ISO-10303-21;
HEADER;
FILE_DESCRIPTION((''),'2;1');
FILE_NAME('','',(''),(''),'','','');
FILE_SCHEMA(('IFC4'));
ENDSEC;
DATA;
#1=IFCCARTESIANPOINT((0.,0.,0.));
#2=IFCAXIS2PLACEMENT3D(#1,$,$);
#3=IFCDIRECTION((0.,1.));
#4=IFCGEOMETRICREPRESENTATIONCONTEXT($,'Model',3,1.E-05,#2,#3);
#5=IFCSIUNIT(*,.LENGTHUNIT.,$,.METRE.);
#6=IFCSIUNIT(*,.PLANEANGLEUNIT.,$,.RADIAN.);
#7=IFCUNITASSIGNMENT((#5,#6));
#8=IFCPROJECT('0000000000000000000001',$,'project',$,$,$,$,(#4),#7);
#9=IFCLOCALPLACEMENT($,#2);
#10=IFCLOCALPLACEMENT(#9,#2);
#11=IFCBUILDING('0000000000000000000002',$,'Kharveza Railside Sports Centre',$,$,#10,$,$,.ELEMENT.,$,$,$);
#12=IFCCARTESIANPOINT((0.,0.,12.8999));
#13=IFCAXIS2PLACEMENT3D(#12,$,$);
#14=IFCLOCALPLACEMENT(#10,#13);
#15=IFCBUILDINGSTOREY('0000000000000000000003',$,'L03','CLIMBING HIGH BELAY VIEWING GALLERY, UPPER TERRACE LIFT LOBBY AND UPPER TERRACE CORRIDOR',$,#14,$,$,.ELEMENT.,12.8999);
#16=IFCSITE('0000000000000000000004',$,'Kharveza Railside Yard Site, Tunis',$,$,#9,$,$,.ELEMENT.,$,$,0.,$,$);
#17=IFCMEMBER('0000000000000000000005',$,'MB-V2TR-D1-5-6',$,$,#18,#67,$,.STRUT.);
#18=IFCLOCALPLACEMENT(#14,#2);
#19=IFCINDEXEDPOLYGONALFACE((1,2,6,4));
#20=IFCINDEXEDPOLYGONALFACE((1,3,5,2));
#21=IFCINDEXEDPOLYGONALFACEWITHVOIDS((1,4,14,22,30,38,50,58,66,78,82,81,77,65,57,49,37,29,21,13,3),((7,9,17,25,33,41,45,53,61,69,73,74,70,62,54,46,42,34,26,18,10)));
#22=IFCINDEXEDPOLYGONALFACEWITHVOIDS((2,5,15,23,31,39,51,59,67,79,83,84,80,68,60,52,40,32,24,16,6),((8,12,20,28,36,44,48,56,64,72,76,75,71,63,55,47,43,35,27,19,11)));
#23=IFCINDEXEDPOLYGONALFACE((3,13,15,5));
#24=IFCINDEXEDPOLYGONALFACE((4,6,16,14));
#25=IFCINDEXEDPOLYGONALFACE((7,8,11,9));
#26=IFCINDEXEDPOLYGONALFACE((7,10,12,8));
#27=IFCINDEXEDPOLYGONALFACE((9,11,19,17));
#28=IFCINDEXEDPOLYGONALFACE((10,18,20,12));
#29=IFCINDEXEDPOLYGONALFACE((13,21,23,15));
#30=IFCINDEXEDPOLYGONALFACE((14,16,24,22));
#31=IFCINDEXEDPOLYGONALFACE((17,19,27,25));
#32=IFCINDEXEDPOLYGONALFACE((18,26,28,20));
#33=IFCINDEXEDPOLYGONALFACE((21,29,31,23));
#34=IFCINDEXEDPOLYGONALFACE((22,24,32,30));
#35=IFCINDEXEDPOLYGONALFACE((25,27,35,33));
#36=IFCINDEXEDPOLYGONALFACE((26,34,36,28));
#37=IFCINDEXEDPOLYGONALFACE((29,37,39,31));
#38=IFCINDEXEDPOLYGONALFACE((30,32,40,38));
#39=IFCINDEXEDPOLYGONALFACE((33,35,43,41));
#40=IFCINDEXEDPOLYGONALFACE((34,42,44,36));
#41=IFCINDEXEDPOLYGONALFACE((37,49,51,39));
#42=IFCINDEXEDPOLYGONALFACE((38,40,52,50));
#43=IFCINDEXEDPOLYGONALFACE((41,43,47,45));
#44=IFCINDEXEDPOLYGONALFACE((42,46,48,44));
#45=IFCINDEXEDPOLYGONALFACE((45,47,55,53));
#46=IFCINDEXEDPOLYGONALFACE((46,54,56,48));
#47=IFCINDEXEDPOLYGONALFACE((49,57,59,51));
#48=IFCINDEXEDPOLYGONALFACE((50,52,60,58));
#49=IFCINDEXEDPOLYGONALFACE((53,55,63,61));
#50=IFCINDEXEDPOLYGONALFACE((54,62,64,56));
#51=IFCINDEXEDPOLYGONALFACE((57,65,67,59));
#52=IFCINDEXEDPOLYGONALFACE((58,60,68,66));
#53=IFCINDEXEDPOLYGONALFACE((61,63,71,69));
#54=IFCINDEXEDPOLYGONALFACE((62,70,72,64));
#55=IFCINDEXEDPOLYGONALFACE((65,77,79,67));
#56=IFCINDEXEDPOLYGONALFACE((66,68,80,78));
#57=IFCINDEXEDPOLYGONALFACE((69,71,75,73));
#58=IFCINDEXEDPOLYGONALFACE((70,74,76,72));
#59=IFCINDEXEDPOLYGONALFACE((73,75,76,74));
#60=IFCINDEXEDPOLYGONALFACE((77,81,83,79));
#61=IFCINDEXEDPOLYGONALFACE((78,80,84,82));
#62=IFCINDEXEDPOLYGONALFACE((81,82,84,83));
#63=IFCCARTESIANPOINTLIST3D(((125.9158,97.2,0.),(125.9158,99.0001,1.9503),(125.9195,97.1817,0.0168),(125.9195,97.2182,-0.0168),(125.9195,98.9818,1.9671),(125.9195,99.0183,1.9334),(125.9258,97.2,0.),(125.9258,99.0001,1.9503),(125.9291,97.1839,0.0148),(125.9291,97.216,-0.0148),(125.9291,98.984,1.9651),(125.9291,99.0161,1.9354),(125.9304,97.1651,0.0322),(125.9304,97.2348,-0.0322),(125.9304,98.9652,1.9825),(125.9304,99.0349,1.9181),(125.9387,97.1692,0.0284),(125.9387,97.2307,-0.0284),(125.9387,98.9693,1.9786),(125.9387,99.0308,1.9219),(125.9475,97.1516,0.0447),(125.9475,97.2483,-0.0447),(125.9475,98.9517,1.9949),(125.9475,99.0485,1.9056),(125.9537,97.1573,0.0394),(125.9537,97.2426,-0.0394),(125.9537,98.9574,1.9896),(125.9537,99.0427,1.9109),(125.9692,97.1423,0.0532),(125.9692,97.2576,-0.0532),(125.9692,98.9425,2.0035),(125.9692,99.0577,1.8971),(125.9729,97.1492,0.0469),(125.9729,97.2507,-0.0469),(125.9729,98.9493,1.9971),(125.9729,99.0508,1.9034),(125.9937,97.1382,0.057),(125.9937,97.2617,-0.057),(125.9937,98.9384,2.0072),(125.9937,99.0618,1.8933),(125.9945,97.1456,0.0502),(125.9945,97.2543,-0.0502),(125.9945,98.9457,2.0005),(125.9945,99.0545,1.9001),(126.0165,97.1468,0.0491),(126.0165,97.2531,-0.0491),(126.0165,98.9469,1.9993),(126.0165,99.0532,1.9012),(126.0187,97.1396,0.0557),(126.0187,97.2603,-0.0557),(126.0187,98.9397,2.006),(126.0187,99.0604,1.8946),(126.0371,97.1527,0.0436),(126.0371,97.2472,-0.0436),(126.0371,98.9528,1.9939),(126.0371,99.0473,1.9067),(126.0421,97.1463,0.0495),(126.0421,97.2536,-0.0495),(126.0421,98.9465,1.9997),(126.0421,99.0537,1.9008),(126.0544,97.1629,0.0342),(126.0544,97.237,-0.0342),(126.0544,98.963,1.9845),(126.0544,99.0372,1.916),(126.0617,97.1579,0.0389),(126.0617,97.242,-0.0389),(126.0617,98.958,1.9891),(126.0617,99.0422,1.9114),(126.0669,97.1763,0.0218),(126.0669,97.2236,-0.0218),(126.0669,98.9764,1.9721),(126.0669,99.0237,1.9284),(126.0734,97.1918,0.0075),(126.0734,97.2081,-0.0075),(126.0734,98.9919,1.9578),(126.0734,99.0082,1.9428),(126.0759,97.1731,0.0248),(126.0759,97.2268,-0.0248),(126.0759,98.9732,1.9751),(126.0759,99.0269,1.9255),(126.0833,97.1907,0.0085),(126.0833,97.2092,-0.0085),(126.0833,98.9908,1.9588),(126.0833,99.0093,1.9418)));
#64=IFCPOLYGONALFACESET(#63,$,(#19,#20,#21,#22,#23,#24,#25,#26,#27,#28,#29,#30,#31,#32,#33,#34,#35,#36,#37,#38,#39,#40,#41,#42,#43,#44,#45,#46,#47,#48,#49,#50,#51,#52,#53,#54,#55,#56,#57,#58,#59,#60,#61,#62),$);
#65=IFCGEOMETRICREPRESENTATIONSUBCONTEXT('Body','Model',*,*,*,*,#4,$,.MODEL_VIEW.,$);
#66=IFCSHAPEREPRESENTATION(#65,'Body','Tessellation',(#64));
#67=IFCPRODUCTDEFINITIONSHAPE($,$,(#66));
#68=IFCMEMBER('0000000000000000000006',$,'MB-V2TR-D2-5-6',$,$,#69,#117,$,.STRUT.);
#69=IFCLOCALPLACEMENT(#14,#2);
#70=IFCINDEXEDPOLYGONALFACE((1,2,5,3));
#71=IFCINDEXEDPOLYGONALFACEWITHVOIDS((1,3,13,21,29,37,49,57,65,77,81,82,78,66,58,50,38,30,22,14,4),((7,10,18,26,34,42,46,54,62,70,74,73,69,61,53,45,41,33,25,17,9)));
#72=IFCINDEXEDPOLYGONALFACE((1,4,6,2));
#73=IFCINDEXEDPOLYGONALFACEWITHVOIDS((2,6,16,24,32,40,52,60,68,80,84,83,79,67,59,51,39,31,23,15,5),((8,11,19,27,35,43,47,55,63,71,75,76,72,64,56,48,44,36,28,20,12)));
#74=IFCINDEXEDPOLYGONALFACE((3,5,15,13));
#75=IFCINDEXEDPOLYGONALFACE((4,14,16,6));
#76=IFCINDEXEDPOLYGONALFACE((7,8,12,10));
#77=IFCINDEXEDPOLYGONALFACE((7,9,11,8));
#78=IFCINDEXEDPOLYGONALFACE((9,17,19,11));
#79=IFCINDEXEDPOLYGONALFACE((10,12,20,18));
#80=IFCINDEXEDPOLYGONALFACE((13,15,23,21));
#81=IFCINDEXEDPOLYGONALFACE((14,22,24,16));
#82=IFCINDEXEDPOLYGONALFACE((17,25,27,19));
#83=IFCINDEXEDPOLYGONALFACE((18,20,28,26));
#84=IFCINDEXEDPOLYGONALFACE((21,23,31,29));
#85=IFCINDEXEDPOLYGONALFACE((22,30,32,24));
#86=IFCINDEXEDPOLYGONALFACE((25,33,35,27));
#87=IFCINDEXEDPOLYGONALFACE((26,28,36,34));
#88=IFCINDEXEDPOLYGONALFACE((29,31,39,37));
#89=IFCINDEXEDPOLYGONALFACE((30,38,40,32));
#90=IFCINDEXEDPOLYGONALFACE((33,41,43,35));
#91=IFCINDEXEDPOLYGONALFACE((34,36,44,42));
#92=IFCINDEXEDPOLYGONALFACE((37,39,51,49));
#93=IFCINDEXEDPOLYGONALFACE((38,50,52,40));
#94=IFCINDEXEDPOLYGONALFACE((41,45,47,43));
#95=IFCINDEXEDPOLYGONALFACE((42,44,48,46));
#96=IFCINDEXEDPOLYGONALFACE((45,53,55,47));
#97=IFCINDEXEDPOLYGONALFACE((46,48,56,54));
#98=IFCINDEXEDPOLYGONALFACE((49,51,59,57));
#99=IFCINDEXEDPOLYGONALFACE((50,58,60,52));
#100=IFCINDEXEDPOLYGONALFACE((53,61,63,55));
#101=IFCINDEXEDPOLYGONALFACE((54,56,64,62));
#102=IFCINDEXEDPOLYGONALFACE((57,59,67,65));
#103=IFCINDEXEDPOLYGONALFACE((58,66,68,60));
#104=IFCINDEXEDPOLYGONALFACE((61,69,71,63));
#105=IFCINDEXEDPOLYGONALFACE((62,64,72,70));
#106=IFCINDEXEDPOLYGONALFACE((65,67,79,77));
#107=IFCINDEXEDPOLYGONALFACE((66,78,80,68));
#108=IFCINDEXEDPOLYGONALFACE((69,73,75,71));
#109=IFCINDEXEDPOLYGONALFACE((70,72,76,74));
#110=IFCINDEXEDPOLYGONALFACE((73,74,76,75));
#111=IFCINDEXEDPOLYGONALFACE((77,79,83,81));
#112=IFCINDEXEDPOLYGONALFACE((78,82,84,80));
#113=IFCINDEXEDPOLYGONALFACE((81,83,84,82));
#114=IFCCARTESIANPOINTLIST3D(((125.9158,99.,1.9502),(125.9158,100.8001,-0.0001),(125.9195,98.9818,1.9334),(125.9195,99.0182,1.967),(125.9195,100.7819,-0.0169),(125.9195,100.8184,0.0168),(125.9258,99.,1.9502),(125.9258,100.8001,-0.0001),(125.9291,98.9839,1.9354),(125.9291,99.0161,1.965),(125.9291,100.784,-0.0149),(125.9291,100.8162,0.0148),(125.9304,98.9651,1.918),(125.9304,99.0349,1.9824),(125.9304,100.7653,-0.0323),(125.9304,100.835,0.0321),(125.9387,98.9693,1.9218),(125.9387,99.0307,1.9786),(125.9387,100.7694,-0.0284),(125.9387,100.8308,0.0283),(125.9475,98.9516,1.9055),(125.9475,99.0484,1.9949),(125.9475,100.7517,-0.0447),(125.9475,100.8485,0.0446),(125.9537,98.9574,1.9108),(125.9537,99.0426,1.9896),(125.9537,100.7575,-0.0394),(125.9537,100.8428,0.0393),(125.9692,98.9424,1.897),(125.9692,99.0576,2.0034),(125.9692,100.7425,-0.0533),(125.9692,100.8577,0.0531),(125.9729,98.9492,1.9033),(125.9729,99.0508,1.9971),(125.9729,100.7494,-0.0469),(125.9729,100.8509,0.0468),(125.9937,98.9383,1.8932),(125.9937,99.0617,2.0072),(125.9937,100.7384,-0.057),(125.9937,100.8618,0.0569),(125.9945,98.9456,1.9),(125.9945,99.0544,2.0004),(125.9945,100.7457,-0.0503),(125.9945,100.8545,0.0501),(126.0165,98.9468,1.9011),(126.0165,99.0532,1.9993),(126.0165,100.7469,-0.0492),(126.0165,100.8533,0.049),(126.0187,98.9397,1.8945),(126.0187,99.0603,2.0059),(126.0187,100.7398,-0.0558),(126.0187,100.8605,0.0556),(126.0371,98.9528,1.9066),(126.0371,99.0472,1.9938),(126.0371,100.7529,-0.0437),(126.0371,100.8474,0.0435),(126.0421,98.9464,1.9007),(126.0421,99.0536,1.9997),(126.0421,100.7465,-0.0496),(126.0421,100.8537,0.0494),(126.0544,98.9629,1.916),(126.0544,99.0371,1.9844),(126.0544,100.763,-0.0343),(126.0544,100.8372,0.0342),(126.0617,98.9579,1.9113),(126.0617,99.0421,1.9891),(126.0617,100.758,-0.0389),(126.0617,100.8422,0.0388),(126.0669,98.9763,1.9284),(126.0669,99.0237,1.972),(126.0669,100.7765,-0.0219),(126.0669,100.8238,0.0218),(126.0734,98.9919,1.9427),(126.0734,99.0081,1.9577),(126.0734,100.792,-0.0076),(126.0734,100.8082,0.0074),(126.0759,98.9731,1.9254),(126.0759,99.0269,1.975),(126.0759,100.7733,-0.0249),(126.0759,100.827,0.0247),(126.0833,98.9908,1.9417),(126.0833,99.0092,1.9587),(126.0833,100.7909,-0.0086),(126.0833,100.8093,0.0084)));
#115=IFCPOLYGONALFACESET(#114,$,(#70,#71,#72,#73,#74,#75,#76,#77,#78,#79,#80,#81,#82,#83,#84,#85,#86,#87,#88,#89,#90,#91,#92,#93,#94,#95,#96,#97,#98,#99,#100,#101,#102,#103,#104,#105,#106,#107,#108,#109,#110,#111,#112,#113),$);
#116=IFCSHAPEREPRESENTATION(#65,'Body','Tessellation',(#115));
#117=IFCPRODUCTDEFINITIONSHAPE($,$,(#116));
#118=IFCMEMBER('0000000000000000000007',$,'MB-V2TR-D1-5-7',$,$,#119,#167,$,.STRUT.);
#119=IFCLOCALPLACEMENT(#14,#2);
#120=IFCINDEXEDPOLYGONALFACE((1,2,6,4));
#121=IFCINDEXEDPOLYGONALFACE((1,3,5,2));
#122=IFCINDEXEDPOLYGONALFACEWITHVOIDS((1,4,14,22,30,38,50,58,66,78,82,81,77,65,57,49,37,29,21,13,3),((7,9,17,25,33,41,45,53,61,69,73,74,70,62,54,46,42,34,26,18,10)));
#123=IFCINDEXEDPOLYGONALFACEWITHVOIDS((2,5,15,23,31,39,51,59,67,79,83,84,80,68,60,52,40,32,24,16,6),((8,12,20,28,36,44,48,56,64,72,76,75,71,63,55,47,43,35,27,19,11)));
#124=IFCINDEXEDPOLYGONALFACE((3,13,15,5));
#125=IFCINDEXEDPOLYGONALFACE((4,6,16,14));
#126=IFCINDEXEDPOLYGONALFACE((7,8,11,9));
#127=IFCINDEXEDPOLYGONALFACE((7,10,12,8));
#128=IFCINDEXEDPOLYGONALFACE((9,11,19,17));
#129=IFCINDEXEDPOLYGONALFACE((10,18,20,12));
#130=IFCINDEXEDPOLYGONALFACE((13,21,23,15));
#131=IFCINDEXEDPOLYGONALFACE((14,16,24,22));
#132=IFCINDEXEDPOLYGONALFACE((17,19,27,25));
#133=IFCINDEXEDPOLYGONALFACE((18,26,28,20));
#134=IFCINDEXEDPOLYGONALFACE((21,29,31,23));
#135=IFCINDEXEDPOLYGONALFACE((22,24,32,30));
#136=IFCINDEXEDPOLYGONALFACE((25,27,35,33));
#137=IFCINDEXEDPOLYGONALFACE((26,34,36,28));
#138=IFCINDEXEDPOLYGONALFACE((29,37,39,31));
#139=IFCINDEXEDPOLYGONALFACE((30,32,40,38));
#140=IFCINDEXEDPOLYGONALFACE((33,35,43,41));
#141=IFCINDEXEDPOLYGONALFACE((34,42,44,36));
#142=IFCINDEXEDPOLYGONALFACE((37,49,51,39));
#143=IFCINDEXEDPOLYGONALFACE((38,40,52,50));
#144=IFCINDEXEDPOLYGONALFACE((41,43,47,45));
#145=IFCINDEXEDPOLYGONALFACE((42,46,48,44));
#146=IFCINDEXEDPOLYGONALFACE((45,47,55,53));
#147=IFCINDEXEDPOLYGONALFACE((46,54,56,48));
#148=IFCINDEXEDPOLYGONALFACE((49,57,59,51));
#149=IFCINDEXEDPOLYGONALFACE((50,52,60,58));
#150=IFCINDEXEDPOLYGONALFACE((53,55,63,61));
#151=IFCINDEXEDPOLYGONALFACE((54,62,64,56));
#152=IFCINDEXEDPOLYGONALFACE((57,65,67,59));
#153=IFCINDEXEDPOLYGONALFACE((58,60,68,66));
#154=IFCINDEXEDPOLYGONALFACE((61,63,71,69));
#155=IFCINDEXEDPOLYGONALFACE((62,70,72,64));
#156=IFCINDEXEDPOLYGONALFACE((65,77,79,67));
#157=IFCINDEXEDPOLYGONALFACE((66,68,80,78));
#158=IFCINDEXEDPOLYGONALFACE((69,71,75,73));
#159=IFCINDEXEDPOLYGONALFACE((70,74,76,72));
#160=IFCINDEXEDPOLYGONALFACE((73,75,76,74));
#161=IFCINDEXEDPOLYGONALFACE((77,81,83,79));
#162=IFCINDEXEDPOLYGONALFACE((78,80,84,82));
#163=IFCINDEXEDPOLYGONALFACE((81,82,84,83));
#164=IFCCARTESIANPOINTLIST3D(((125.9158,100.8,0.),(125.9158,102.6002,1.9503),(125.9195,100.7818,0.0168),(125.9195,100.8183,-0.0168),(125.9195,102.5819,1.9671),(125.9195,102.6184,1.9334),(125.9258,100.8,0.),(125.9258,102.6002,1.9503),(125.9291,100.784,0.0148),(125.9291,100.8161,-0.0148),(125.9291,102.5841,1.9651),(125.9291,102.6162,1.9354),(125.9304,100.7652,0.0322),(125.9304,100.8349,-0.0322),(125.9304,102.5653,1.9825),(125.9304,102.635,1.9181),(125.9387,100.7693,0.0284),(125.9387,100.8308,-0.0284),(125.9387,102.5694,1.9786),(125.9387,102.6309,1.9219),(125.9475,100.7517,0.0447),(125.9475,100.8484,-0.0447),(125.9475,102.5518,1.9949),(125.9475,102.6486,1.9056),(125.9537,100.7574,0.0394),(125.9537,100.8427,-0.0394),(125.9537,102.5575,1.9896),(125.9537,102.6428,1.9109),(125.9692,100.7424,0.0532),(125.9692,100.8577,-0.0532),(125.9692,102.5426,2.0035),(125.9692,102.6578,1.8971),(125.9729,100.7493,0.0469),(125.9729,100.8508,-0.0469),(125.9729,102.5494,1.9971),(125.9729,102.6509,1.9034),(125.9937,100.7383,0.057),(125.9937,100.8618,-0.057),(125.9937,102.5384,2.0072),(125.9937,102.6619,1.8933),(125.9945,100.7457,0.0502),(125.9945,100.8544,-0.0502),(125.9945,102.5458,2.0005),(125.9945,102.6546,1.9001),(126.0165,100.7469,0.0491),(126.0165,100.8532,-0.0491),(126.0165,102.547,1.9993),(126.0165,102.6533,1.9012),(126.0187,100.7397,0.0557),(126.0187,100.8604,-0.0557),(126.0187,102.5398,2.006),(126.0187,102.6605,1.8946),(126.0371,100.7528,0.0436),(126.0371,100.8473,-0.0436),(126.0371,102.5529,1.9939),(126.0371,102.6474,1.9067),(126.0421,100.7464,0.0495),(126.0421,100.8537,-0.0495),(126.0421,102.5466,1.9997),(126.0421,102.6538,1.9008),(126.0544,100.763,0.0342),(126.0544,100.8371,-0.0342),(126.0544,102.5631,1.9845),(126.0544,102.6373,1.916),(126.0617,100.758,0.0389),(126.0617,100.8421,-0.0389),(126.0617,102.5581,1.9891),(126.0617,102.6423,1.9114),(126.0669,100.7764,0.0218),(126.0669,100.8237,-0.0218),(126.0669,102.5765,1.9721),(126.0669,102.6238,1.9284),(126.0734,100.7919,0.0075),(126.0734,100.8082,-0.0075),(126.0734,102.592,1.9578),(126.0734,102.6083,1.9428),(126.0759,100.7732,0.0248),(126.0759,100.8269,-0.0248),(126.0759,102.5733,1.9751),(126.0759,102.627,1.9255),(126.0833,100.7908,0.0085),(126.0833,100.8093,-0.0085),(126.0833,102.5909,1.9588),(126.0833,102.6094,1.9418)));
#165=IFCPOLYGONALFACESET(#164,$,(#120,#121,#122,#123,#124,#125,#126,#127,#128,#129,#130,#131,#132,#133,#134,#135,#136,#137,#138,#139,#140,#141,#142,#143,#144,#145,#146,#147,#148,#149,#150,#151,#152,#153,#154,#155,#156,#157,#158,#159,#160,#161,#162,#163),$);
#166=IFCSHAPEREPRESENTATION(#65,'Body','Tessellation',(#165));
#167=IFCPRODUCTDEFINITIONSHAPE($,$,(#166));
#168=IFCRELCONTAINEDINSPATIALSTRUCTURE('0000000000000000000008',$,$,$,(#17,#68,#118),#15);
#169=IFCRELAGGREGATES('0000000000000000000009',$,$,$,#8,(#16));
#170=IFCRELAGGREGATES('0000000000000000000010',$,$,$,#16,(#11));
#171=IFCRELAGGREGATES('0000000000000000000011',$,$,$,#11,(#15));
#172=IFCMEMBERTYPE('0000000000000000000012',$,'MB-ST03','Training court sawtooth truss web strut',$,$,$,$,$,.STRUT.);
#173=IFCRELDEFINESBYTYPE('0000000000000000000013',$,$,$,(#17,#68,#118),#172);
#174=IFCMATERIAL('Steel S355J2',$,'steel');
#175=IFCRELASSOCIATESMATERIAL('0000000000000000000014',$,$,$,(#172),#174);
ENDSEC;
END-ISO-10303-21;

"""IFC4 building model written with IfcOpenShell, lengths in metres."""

from ifc_helpers import new_model, si_unit, direction, frame, origin, origin_2d, place, context, subcontext, project, spatial, hollow_circle, extrude, material, material_profile, profile_set, type_object, element, save


model = new_model("IFC4")

# Units and contexts
model_context = context("Model", 3, precision=1e-05, world=origin(), true_north=direction((0.0, 1.0)))
body_context = subcontext(model_context, "Body", "Model", "MODEL_VIEW")
ifc_project = project(units=[si_unit("LENGTHUNIT", "METRE"), si_unit("PLANEANGLEUNIT", "RADIAN")], contexts=[model_context])

# Site, building, storey
site_placement = place(None, origin())
site = spatial("IfcSite", under=ifc_project, at=site_placement, Name="Kharveza Railside Yard Site, Tunis", CompositionType="ELEMENT", RefElevation=0.0)
building_placement = place(site_placement, origin())
building = spatial("IfcBuilding", under=site, at=building_placement, Name="Kharveza Railside Sports Centre", CompositionType="ELEMENT")
storey_placement = place(building_placement, frame((0.0, 0.0, 12.8999)))
storey = spatial("IfcBuildingStorey", under=building, at=storey_placement, Name="L03", Description="CLIMBING HIGH BELAY VIEWING GALLERY, UPPER TERRACE LIFT LOBBY AND UPPER TERRACE CORRIDOR", CompositionType="ELEMENT", Elevation=12.8999)

# Shared definitions
ifc_material_1 = material(Name="Steel S355J2", Category="steel")

# Members
ifc_material_profile_1 = material_profile(ifc_material_1, hollow_circle(Radius=0.0842, WallThickness=0.01, at=origin_2d()), Name="CHS 168.3x10.0")
ifc_profile_set_1 = profile_set([ifc_material_profile_1], Name="Steel S355J2")
member_type_1 = type_object("IfcMemberType", Name="MB-ST03", Description="Training court sawtooth truss web strut", PredefinedType="STRUT", material=ifc_profile_set_1)
for number, where, z_axis, x_axis, name in (
    (1, (126.0, 97.2, 0.0), (0.0, 0.678253, 0.734828), (-1.0, 0.0, 0.0), "MB-V2TR-D1-5-6"),
    (2, (126.0, 99.0, 1.9502), (0.0, 0.678253, -0.734828), (-1.0, 0.0, 0.0), "MB-V2TR-D2-5-6"),
    (3, (126.0, 100.8, 0.0), (0.0, 0.678253, 0.734828), (-1.0, 0.0, 0.0), "MB-V2TR-D1-5-7"),
):
    element("IfcMember", number, at=place(storey_placement, frame(where, z_axis=z_axis, x_axis=x_axis)), inside=storey, type_object=member_type_1, Name=name, PredefinedType="STRUT", context=body_context, shape_type="SweptSolid", body=[
        extrude(hollow_circle(Radius=0.0842, WallThickness=0.01, at=origin_2d()), origin(), (0.0, 0.0, 1.0), 2.6541),
    ])

save(model, "model.ifc")
